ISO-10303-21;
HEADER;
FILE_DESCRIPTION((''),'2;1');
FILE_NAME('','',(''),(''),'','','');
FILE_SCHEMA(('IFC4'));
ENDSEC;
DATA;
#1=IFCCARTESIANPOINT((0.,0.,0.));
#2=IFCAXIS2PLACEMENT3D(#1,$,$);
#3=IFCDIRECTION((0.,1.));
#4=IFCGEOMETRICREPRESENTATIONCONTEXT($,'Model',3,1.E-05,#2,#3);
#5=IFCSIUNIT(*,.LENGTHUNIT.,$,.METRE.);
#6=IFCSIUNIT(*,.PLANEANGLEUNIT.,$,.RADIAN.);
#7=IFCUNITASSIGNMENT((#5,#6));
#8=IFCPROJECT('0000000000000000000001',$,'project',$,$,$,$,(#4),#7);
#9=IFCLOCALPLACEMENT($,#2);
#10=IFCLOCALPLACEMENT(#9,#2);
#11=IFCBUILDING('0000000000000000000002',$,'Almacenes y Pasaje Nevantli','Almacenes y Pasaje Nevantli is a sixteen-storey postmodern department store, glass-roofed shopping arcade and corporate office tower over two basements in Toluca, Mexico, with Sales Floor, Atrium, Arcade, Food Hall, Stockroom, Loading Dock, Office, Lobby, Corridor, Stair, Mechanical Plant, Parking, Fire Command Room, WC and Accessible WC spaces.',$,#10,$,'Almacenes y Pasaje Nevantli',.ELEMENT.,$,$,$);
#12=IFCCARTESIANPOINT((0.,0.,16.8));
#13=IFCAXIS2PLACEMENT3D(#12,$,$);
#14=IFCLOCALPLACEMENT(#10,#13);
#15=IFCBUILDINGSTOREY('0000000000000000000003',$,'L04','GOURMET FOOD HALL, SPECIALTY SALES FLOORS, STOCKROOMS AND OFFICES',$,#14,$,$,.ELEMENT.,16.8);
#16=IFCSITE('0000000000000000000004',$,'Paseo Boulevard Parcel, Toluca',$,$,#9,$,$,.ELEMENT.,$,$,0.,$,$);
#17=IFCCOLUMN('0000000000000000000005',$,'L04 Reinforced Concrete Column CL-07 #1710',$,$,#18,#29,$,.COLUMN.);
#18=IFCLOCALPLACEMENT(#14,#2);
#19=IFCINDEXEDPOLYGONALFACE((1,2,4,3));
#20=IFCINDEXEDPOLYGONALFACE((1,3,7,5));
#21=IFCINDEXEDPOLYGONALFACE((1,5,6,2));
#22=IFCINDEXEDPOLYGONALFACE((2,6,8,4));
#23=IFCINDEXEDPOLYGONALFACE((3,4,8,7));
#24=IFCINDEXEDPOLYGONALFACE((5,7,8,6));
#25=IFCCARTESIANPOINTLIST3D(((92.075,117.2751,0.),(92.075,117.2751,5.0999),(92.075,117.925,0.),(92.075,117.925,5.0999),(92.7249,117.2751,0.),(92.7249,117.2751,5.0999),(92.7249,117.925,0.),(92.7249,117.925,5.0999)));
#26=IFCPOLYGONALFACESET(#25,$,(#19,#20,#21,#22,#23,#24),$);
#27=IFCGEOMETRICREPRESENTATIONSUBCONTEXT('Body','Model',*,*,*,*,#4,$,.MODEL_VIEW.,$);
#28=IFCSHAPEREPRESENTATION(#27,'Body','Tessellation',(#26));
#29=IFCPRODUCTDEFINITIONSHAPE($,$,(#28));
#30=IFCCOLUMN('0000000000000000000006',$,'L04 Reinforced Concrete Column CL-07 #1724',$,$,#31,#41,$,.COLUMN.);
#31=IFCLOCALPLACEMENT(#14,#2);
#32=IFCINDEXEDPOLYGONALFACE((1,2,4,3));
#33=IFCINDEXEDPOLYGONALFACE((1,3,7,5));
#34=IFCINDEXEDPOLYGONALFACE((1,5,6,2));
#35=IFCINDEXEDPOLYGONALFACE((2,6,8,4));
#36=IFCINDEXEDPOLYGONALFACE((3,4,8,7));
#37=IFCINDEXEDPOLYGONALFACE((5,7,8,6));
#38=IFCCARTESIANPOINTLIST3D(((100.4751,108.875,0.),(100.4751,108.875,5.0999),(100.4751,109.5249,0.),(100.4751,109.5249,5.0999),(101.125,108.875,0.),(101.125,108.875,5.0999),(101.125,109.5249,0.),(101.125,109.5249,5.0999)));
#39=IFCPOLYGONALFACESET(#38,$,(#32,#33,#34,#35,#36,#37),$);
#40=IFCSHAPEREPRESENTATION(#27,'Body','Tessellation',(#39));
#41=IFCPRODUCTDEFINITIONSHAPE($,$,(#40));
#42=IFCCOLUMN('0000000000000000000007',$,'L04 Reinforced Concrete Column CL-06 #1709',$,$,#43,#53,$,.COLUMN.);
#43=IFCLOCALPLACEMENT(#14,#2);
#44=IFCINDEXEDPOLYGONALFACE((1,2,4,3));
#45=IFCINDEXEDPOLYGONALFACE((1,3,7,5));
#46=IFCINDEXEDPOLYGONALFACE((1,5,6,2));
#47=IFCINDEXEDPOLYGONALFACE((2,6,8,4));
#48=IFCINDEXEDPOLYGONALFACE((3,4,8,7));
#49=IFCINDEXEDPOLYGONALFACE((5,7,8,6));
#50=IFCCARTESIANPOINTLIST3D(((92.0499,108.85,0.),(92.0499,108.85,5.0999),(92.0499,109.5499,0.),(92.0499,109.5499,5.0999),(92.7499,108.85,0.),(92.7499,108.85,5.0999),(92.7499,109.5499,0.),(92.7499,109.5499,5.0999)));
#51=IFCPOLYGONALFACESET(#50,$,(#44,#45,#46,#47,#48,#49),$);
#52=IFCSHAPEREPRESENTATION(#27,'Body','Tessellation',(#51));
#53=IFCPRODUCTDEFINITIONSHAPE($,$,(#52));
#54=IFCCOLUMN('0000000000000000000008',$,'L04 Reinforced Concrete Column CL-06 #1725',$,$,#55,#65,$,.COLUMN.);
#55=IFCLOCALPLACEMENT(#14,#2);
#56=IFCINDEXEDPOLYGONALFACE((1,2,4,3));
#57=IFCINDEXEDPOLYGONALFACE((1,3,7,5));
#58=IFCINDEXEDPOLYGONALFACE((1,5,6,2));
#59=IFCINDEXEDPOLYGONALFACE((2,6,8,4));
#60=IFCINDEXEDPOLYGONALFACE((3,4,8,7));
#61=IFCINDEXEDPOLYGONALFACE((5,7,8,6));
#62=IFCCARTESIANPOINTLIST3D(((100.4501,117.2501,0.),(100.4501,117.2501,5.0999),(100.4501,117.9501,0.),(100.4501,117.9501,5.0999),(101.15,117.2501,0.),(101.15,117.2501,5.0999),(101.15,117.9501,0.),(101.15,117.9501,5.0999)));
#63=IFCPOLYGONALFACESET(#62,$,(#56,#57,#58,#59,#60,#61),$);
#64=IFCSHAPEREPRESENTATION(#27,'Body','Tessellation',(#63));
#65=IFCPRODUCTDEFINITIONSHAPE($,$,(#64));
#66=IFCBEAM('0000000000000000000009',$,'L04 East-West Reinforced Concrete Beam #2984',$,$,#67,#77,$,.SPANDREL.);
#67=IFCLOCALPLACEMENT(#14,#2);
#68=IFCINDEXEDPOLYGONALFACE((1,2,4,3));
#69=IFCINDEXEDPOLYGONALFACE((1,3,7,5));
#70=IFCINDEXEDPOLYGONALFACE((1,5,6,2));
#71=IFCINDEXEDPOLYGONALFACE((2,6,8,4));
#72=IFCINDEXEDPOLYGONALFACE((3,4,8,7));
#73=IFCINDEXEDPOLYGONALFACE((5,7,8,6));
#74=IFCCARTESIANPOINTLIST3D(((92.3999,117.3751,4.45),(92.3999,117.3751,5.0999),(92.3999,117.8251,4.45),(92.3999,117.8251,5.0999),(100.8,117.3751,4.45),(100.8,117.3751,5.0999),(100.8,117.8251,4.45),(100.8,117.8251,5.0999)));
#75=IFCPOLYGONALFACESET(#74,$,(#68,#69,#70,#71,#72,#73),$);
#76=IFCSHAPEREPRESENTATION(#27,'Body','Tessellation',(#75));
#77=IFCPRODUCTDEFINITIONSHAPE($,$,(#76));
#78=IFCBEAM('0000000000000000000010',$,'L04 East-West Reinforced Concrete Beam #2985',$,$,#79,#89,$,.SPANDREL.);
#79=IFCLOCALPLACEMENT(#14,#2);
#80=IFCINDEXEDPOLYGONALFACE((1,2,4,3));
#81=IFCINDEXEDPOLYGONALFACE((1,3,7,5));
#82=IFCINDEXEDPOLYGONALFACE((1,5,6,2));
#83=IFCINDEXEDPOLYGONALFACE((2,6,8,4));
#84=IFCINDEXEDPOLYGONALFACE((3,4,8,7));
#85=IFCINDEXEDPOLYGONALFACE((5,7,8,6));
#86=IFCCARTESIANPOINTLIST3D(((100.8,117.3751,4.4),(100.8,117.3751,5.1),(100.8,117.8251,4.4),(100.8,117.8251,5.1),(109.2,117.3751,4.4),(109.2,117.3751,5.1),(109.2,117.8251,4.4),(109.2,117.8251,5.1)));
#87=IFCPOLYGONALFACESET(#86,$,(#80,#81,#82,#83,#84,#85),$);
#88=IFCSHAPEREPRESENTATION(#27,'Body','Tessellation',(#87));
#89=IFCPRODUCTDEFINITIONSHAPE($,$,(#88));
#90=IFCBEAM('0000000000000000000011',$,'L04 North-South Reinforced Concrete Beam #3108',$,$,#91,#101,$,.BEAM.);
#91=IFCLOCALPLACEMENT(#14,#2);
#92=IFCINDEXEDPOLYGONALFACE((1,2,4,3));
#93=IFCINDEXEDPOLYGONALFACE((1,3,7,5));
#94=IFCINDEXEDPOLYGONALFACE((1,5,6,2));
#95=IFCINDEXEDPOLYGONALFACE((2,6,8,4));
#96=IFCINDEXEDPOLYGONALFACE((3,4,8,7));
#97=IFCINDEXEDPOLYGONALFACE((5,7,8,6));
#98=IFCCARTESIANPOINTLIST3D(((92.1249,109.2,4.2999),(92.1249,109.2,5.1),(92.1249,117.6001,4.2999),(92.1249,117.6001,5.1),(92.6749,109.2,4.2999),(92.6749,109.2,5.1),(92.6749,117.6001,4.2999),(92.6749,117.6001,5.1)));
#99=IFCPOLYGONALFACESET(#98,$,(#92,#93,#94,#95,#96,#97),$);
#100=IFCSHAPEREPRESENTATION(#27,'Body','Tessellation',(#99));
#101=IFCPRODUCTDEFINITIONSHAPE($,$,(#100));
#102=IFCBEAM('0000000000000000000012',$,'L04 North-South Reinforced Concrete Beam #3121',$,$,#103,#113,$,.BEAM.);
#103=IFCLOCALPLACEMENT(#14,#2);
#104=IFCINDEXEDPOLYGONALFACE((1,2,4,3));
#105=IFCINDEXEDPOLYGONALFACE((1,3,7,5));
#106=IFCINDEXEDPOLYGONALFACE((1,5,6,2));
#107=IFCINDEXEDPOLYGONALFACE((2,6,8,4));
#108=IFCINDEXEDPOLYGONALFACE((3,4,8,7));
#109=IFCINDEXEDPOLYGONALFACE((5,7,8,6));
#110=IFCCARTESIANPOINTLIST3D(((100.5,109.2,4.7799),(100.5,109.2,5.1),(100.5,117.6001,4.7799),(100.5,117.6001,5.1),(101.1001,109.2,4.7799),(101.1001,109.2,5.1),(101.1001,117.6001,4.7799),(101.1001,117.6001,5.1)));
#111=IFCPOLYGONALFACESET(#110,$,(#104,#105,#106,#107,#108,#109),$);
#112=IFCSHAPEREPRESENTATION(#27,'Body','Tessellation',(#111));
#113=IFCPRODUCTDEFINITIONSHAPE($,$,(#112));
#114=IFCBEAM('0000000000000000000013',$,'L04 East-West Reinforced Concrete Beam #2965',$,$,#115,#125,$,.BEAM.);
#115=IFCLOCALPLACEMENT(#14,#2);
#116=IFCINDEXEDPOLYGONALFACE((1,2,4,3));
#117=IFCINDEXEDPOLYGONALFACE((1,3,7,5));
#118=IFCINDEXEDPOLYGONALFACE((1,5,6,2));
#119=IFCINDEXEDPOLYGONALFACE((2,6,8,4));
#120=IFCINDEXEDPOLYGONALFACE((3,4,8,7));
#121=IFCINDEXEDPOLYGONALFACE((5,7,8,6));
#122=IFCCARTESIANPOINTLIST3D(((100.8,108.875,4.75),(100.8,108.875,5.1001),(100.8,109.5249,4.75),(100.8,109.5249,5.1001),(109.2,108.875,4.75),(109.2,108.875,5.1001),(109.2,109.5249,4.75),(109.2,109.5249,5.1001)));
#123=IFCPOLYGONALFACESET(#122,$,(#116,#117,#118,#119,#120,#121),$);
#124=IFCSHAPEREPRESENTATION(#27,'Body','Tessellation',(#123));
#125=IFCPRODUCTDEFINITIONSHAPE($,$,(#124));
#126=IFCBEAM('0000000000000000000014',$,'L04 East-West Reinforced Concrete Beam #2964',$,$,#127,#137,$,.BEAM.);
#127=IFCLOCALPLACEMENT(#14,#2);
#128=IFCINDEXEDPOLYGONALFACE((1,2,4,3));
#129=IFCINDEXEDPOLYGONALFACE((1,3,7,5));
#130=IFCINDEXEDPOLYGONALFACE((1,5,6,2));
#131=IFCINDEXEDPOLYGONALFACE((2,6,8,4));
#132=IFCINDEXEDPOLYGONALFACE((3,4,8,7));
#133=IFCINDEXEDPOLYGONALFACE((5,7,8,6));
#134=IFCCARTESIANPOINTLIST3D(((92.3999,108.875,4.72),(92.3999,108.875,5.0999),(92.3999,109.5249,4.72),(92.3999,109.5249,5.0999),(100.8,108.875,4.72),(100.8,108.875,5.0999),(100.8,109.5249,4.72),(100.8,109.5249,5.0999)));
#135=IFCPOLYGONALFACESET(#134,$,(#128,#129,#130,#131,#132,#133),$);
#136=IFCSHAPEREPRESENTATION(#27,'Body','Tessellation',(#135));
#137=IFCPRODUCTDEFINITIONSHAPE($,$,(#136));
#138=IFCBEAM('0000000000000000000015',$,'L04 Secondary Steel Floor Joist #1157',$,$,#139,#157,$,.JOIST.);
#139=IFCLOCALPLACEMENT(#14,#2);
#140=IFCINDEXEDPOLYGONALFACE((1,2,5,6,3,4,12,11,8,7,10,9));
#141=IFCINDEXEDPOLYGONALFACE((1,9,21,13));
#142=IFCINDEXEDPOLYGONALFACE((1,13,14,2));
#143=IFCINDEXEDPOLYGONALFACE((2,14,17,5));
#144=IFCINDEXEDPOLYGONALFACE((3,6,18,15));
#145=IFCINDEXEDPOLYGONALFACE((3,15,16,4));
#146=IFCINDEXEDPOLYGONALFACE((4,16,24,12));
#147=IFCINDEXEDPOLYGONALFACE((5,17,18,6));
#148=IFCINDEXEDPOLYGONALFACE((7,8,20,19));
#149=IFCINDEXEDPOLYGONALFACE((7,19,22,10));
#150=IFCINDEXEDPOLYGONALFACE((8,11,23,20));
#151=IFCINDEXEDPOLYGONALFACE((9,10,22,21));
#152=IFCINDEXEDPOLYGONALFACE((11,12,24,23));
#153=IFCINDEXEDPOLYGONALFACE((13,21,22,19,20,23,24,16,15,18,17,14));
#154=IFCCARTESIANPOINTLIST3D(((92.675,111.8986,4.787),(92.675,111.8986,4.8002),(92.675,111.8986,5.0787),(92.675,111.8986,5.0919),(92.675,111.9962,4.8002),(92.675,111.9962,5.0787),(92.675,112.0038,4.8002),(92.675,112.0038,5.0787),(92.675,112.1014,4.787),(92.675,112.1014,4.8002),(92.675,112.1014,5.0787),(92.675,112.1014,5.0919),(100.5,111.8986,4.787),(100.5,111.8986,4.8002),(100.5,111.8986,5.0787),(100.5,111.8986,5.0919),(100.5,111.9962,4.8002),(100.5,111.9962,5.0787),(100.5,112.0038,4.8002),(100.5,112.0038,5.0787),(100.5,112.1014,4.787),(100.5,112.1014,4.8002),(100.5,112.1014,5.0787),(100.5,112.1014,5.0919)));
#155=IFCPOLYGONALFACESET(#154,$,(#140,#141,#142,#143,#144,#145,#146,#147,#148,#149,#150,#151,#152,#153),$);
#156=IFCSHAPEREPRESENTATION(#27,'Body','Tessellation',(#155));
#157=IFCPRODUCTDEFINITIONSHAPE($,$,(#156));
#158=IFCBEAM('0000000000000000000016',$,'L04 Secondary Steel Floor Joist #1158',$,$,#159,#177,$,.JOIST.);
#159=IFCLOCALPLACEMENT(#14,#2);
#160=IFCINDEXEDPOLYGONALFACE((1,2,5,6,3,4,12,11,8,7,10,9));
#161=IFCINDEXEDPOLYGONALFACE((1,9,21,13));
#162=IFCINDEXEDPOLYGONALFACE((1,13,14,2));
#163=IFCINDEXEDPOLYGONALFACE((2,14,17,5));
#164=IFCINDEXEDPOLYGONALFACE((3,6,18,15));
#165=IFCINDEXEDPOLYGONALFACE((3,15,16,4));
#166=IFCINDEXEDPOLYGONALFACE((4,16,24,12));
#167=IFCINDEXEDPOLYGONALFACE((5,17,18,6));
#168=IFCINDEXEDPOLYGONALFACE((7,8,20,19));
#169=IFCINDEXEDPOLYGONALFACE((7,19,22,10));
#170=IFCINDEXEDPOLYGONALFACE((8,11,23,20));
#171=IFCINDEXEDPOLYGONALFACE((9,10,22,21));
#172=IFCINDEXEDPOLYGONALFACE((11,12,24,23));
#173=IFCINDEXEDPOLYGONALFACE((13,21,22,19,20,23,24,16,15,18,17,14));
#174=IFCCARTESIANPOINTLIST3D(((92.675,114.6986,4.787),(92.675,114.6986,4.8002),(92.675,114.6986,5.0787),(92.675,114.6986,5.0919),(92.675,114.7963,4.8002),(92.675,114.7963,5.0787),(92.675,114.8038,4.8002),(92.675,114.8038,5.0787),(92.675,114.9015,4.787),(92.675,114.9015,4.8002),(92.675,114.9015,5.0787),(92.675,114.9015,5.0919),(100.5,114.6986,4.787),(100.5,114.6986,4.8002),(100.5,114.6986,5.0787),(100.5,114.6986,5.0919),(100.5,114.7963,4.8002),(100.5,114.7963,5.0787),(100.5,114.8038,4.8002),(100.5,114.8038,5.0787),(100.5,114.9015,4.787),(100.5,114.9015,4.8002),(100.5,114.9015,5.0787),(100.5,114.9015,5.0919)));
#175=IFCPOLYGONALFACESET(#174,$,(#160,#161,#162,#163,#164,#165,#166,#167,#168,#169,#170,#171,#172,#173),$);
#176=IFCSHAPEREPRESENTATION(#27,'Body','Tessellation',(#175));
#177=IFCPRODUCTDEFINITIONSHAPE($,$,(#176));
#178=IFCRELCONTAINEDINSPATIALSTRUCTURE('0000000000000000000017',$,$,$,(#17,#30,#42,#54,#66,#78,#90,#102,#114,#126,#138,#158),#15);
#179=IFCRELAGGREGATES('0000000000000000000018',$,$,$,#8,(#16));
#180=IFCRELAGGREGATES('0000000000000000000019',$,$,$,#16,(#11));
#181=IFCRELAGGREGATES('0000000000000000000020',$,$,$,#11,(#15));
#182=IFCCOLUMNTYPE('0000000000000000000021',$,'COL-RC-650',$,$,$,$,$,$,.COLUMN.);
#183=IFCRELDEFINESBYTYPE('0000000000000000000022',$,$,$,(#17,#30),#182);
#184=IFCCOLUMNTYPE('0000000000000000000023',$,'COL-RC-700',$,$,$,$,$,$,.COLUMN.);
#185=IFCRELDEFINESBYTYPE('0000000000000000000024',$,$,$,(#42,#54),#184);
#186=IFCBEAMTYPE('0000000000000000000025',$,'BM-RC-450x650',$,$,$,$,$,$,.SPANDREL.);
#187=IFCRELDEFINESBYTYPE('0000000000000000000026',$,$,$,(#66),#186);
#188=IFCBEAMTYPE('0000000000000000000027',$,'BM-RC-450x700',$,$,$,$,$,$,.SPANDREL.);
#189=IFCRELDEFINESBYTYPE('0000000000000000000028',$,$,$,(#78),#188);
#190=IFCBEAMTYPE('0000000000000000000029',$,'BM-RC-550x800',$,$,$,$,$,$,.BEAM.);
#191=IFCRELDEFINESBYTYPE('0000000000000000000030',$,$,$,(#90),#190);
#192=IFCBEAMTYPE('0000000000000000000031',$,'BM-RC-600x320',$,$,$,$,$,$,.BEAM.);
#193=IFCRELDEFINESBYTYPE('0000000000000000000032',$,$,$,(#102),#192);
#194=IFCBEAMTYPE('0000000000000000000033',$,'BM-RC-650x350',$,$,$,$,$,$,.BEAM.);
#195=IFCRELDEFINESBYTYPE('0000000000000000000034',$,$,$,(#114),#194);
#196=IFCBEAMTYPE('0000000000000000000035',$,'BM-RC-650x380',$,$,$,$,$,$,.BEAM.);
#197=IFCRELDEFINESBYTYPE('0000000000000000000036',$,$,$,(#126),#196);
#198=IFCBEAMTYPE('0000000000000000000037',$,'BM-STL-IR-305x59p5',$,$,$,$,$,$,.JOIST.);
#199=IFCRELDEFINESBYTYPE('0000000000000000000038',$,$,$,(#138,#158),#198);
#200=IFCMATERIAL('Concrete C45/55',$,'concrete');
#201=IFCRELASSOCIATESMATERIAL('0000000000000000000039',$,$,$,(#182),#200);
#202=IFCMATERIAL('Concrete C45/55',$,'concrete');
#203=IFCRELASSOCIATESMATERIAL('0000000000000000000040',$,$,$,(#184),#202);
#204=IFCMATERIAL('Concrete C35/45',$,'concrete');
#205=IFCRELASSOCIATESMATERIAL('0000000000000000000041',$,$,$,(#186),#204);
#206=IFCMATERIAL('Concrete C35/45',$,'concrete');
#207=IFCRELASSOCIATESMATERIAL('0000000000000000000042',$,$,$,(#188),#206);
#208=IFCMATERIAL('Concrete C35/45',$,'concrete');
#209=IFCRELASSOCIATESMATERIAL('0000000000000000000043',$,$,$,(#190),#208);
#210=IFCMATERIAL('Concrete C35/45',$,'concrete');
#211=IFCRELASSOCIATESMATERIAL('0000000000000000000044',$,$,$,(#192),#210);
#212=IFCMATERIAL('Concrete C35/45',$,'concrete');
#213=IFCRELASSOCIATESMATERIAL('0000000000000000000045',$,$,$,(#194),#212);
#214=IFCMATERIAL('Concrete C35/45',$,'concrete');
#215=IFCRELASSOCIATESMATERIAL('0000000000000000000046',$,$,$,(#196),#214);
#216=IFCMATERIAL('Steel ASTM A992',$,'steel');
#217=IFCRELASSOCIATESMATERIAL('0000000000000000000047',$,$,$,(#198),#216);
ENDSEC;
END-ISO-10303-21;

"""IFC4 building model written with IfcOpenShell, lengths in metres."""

from ifc_helpers import new_model, si_unit, direction, frame, origin, origin_2d, place, context, subcontext, project, spatial, rectangle, i_section, extrude, material, material_profile, profile_set, type_object, element, save


model = new_model("IFC4")

# Units and contexts
model_context = context("Model", 3, precision=1e-05, world=origin(), true_north=direction((0.0, 1.0)))
body_context = subcontext(model_context, "Body", "Model", "MODEL_VIEW")
ifc_project = project(units=[si_unit("LENGTHUNIT", "METRE"), si_unit("PLANEANGLEUNIT", "RADIAN")], contexts=[model_context])

# Site, building, storey
site_placement = place(None, origin())
site = spatial("IfcSite", under=ifc_project, at=site_placement, Name="Paseo Boulevard Parcel, Toluca", CompositionType="ELEMENT", RefElevation=0.0)
building_placement = place(site_placement, origin())
building = spatial("IfcBuilding", under=site, at=building_placement, Name="Almacenes y Pasaje Nevantli", Description="Almacenes y Pasaje Nevantli is a sixteen-storey postmodern department store, glass-roofed shopping arcade and corporate office tower over two basements in Toluca, Mexico, with Sales Floor, Atrium, Arcade, Food Hall, Stockroom, Loading Dock, Office, Lobby, Corridor, Stair, Mechanical Plant, Parking, Fire Command Room, WC and Accessible WC spaces.", LongName="Almacenes y Pasaje Nevantli", CompositionType="ELEMENT")
storey_placement = place(building_placement, frame((0.0, 0.0, 16.8)))
storey = spatial("IfcBuildingStorey", under=building, at=storey_placement, Name="L04", Description="GOURMET FOOD HALL, SPECIALTY SALES FLOORS, STOCKROOMS AND OFFICES", CompositionType="ELEMENT", Elevation=16.8)

# Columns
ifc_material_1 = material(Name="Concrete C45/55", Category="concrete")
ifc_material_profile_1 = material_profile(ifc_material_1, rectangle(XDim=0.6499, YDim=0.6499, at=origin_2d()), Name="RC-COL-650x650")
ifc_profile_set_1 = profile_set([ifc_material_profile_1], Name="Concrete C45/55")
column_type_1 = type_object("IfcColumnType", Name="COL-RC-650", PredefinedType="COLUMN", material=ifc_profile_set_1)
for number, where, z_axis, x_axis, name in (
    (1, (92.3999, 117.6001, 0.0), (0.0, 0.0, 1.0), (1.0, 0.0, 0.0), "L04 Reinforced Concrete Column CL-07 #1710"),
    (2, (100.8, 109.2, 0.0), (0.0, 0.0, 1.0), (1.0, 0.0, 0.0), "L04 Reinforced Concrete Column CL-07 #1724"),
):
    element("IfcColumn", number, at=place(storey_placement, frame(where, z_axis=z_axis, x_axis=x_axis)), inside=storey, type_object=column_type_1, Name=name, PredefinedType="COLUMN", context=body_context, shape_type="SweptSolid", body=[
        extrude(rectangle(XDim=0.6499, YDim=0.6499, at=origin_2d()), origin(), (0.0, 0.0, 1.0), 5.0999),
    ])
ifc_material_2 = material(Name="Concrete C45/55", Category="concrete")
ifc_material_profile_2 = material_profile(ifc_material_2, rectangle(XDim=0.7, YDim=0.7, at=origin_2d()), Name="RC-COL-700x700")
ifc_profile_set_2 = profile_set([ifc_material_profile_2], Name="Concrete C45/55")
column_type_2 = type_object("IfcColumnType", Name="COL-RC-700", PredefinedType="COLUMN", material=ifc_profile_set_2)
for number, where, z_axis, x_axis, name in (
    (3, (92.3999, 109.2, 0.0), (0.0, 0.0, 1.0), (1.0, 0.0, 0.0), "L04 Reinforced Concrete Column CL-06 #1709"),
    (4, (100.8, 117.6001, 0.0), (0.0, 0.0, 1.0), (1.0, 0.0, 0.0), "L04 Reinforced Concrete Column CL-06 #1725"),
):
    element("IfcColumn", number, at=place(storey_placement, frame(where, z_axis=z_axis, x_axis=x_axis)), inside=storey, type_object=column_type_2, Name=name, PredefinedType="COLUMN", context=body_context, shape_type="SweptSolid", body=[
        extrude(rectangle(XDim=0.7, YDim=0.7, at=origin_2d()), origin(), (0.0, 0.0, 1.0), 5.0999),
    ])

# Beams
ifc_material_3 = material(Name="Concrete C35/45", Category="concrete")
ifc_material_profile_3 = material_profile(ifc_material_3, rectangle(XDim=0.45, YDim=0.6499, at=origin_2d()), Name="RC-BM-450x650")
ifc_profile_set_3 = profile_set([ifc_material_profile_3], Name="Concrete C35/45")
beam_type_1 = type_object("IfcBeamType", Name="BM-RC-450x650", PredefinedType="SPANDREL", material=ifc_profile_set_3)
beam_1_placement = place(storey_placement, frame((92.3999, 117.6001, 4.7749), z_axis=(1.0, 0.0, 0.0), x_axis=(0.0, 1.0, 0.0)))
element("IfcBeam", 5, at=beam_1_placement, inside=storey, type_object=beam_type_1, Name="L04 East-West Reinforced Concrete Beam #2984", PredefinedType="SPANDREL", context=body_context, shape_type="SweptSolid", body=[
    extrude(rectangle(XDim=0.45, YDim=0.6499, at=origin_2d()), origin(), (0.0, 0.0, 1.0), 8.4001),
])
ifc_material_4 = material(Name="Concrete C35/45", Category="concrete")
ifc_material_profile_4 = material_profile(ifc_material_4, rectangle(XDim=0.45, YDim=0.7, at=origin_2d()), Name="RC-BM-450x700")
ifc_profile_set_4 = profile_set([ifc_material_profile_4], Name="Concrete C35/45")
beam_type_2 = type_object("IfcBeamType", Name="BM-RC-450x700", PredefinedType="SPANDREL", material=ifc_profile_set_4)
beam_2_placement = place(storey_placement, frame((100.8, 117.6001, 4.75), z_axis=(1.0, 0.0, 0.0), x_axis=(0.0, 1.0, 0.0)))
element("IfcBeam", 6, at=beam_2_placement, inside=storey, type_object=beam_type_2, Name="L04 East-West Reinforced Concrete Beam #2985", PredefinedType="SPANDREL", context=body_context, shape_type="SweptSolid", body=[
    extrude(rectangle(XDim=0.45, YDim=0.7, at=origin_2d()), origin(), (0.0, 0.0, 1.0), 8.3999),
])
ifc_material_5 = material(Name="Concrete C35/45", Category="concrete")
ifc_material_profile_5 = material_profile(ifc_material_5, rectangle(XDim=0.55, YDim=0.8, at=origin_2d()), Name="RC-BM-550x800")
ifc_profile_set_5 = profile_set([ifc_material_profile_5], Name="Concrete C35/45")
beam_type_3 = type_object("IfcBeamType", Name="BM-RC-550x800", PredefinedType="BEAM", material=ifc_profile_set_5)
beam_3_placement = place(storey_placement, frame((92.3999, 109.2, 4.7), z_axis=(0.0, 1.0, 0.0), x_axis=(-1.0, 0.0, 0.0)))
element("IfcBeam", 7, at=beam_3_placement, inside=storey, type_object=beam_type_3, Name="L04 North-South Reinforced Concrete Beam #3108", PredefinedType="BEAM", context=body_context, shape_type="SweptSolid", body=[
    extrude(rectangle(XDim=0.55, YDim=0.8, at=origin_2d()), origin(), (0.0, 0.0, 1.0), 8.4001),
])
ifc_material_6 = material(Name="Concrete C35/45", Category="concrete")
ifc_material_profile_6 = material_profile(ifc_material_6, rectangle(XDim=0.6001, YDim=0.3201, at=origin_2d()), Name="RC-BM-600x320")
ifc_profile_set_6 = profile_set([ifc_material_profile_6], Name="Concrete C35/45")
beam_type_4 = type_object("IfcBeamType", Name="BM-RC-600x320", PredefinedType="BEAM", material=ifc_profile_set_6)
beam_4_placement = place(storey_placement, frame((100.8, 109.2, 4.9399), z_axis=(0.0, 1.0, 0.0), x_axis=(-1.0, 0.0, 0.0)))
element("IfcBeam", 8, at=beam_4_placement, inside=storey, type_object=beam_type_4, Name="L04 North-South Reinforced Concrete Beam #3121", PredefinedType="BEAM", context=body_context, shape_type="SweptSolid", body=[
    extrude(rectangle(XDim=0.6001, YDim=0.3201, at=origin_2d()), origin(), (0.0, 0.0, 1.0), 8.4001),
])
ifc_material_7 = material(Name="Concrete C35/45", Category="concrete")
ifc_material_profile_7 = material_profile(ifc_material_7, rectangle(XDim=0.6499, YDim=0.3501, at=origin_2d()), Name="RC-BM-650x350")
ifc_profile_set_7 = profile_set([ifc_material_profile_7], Name="Concrete C35/45")
beam_type_5 = type_object("IfcBeamType", Name="BM-RC-650x350", PredefinedType="BEAM", material=ifc_profile_set_7)
beam_5_placement = place(storey_placement, frame((100.8, 109.2, 4.925), z_axis=(1.0, 0.0, 0.0), x_axis=(0.0, 1.0, 0.0)))
element("IfcBeam", 9, at=beam_5_placement, inside=storey, type_object=beam_type_5, Name="L04 East-West Reinforced Concrete Beam #2965", PredefinedType="BEAM", context=body_context, shape_type="SweptSolid", body=[
    extrude(rectangle(XDim=0.6499, YDim=0.3501, at=origin_2d()), origin(), (0.0, 0.0, 1.0), 8.3999),
])
ifc_material_8 = material(Name="Concrete C35/45", Category="concrete")
ifc_material_profile_8 = material_profile(ifc_material_8, rectangle(XDim=0.6499, YDim=0.3799, at=origin_2d()), Name="RC-BM-650x380")
ifc_profile_set_8 = profile_set([ifc_material_profile_8], Name="Concrete C35/45")
beam_type_6 = type_object("IfcBeamType", Name="BM-RC-650x380", PredefinedType="BEAM", material=ifc_profile_set_8)
beam_6_placement = place(storey_placement, frame((92.3999, 109.2, 4.9099), z_axis=(1.0, 0.0, 0.0), x_axis=(0.0, 1.0, 0.0)))
element("IfcBeam", 10, at=beam_6_placement, inside=storey, type_object=beam_type_6, Name="L04 East-West Reinforced Concrete Beam #2964", PredefinedType="BEAM", context=body_context, shape_type="SweptSolid", body=[
    extrude(rectangle(XDim=0.6499, YDim=0.3799, at=origin_2d()), origin(), (0.0, 0.0, 1.0), 8.4001),
])
ifc_material_9 = material(Name="Steel ASTM A992", Category="steel")
ifc_material_profile_9 = material_profile(ifc_material_9, i_section(OverallWidth=0.2029, OverallDepth=0.3049, WebThickness=0.0076, FlangeThickness=0.0132, at=origin_2d()), Name="IR 305x59.5")
ifc_profile_set_9 = profile_set([ifc_material_profile_9], Name="Steel ASTM A992")
beam_type_7 = type_object("IfcBeamType", Name="BM-STL-IR-305x59p5", PredefinedType="JOIST", material=ifc_profile_set_9)
for number, where, z_axis, x_axis, name in (
    (11, (92.675, 112.0, 4.9395), (1.0, 0.0, 0.0), (0.0, 1.0, 0.0), "L04 Secondary Steel Floor Joist #1157"),
    (12, (92.675, 114.8, 4.9395), (1.0, 0.0, 0.0), (0.0, 1.0, 0.0), "L04 Secondary Steel Floor Joist #1158"),
):
    element("IfcBeam", number, at=place(storey_placement, frame(where, z_axis=z_axis, x_axis=x_axis)), inside=storey, type_object=beam_type_7, Name=name, PredefinedType="JOIST", context=body_context, shape_type="SweptSolid", body=[
        extrude(i_section(OverallWidth=0.2029, OverallDepth=0.3049, WebThickness=0.0076, FlangeThickness=0.0132, at=origin_2d()), origin(), (0.0, 0.0, 1.0), 7.825),
    ])

save(model, "model.ifc")
